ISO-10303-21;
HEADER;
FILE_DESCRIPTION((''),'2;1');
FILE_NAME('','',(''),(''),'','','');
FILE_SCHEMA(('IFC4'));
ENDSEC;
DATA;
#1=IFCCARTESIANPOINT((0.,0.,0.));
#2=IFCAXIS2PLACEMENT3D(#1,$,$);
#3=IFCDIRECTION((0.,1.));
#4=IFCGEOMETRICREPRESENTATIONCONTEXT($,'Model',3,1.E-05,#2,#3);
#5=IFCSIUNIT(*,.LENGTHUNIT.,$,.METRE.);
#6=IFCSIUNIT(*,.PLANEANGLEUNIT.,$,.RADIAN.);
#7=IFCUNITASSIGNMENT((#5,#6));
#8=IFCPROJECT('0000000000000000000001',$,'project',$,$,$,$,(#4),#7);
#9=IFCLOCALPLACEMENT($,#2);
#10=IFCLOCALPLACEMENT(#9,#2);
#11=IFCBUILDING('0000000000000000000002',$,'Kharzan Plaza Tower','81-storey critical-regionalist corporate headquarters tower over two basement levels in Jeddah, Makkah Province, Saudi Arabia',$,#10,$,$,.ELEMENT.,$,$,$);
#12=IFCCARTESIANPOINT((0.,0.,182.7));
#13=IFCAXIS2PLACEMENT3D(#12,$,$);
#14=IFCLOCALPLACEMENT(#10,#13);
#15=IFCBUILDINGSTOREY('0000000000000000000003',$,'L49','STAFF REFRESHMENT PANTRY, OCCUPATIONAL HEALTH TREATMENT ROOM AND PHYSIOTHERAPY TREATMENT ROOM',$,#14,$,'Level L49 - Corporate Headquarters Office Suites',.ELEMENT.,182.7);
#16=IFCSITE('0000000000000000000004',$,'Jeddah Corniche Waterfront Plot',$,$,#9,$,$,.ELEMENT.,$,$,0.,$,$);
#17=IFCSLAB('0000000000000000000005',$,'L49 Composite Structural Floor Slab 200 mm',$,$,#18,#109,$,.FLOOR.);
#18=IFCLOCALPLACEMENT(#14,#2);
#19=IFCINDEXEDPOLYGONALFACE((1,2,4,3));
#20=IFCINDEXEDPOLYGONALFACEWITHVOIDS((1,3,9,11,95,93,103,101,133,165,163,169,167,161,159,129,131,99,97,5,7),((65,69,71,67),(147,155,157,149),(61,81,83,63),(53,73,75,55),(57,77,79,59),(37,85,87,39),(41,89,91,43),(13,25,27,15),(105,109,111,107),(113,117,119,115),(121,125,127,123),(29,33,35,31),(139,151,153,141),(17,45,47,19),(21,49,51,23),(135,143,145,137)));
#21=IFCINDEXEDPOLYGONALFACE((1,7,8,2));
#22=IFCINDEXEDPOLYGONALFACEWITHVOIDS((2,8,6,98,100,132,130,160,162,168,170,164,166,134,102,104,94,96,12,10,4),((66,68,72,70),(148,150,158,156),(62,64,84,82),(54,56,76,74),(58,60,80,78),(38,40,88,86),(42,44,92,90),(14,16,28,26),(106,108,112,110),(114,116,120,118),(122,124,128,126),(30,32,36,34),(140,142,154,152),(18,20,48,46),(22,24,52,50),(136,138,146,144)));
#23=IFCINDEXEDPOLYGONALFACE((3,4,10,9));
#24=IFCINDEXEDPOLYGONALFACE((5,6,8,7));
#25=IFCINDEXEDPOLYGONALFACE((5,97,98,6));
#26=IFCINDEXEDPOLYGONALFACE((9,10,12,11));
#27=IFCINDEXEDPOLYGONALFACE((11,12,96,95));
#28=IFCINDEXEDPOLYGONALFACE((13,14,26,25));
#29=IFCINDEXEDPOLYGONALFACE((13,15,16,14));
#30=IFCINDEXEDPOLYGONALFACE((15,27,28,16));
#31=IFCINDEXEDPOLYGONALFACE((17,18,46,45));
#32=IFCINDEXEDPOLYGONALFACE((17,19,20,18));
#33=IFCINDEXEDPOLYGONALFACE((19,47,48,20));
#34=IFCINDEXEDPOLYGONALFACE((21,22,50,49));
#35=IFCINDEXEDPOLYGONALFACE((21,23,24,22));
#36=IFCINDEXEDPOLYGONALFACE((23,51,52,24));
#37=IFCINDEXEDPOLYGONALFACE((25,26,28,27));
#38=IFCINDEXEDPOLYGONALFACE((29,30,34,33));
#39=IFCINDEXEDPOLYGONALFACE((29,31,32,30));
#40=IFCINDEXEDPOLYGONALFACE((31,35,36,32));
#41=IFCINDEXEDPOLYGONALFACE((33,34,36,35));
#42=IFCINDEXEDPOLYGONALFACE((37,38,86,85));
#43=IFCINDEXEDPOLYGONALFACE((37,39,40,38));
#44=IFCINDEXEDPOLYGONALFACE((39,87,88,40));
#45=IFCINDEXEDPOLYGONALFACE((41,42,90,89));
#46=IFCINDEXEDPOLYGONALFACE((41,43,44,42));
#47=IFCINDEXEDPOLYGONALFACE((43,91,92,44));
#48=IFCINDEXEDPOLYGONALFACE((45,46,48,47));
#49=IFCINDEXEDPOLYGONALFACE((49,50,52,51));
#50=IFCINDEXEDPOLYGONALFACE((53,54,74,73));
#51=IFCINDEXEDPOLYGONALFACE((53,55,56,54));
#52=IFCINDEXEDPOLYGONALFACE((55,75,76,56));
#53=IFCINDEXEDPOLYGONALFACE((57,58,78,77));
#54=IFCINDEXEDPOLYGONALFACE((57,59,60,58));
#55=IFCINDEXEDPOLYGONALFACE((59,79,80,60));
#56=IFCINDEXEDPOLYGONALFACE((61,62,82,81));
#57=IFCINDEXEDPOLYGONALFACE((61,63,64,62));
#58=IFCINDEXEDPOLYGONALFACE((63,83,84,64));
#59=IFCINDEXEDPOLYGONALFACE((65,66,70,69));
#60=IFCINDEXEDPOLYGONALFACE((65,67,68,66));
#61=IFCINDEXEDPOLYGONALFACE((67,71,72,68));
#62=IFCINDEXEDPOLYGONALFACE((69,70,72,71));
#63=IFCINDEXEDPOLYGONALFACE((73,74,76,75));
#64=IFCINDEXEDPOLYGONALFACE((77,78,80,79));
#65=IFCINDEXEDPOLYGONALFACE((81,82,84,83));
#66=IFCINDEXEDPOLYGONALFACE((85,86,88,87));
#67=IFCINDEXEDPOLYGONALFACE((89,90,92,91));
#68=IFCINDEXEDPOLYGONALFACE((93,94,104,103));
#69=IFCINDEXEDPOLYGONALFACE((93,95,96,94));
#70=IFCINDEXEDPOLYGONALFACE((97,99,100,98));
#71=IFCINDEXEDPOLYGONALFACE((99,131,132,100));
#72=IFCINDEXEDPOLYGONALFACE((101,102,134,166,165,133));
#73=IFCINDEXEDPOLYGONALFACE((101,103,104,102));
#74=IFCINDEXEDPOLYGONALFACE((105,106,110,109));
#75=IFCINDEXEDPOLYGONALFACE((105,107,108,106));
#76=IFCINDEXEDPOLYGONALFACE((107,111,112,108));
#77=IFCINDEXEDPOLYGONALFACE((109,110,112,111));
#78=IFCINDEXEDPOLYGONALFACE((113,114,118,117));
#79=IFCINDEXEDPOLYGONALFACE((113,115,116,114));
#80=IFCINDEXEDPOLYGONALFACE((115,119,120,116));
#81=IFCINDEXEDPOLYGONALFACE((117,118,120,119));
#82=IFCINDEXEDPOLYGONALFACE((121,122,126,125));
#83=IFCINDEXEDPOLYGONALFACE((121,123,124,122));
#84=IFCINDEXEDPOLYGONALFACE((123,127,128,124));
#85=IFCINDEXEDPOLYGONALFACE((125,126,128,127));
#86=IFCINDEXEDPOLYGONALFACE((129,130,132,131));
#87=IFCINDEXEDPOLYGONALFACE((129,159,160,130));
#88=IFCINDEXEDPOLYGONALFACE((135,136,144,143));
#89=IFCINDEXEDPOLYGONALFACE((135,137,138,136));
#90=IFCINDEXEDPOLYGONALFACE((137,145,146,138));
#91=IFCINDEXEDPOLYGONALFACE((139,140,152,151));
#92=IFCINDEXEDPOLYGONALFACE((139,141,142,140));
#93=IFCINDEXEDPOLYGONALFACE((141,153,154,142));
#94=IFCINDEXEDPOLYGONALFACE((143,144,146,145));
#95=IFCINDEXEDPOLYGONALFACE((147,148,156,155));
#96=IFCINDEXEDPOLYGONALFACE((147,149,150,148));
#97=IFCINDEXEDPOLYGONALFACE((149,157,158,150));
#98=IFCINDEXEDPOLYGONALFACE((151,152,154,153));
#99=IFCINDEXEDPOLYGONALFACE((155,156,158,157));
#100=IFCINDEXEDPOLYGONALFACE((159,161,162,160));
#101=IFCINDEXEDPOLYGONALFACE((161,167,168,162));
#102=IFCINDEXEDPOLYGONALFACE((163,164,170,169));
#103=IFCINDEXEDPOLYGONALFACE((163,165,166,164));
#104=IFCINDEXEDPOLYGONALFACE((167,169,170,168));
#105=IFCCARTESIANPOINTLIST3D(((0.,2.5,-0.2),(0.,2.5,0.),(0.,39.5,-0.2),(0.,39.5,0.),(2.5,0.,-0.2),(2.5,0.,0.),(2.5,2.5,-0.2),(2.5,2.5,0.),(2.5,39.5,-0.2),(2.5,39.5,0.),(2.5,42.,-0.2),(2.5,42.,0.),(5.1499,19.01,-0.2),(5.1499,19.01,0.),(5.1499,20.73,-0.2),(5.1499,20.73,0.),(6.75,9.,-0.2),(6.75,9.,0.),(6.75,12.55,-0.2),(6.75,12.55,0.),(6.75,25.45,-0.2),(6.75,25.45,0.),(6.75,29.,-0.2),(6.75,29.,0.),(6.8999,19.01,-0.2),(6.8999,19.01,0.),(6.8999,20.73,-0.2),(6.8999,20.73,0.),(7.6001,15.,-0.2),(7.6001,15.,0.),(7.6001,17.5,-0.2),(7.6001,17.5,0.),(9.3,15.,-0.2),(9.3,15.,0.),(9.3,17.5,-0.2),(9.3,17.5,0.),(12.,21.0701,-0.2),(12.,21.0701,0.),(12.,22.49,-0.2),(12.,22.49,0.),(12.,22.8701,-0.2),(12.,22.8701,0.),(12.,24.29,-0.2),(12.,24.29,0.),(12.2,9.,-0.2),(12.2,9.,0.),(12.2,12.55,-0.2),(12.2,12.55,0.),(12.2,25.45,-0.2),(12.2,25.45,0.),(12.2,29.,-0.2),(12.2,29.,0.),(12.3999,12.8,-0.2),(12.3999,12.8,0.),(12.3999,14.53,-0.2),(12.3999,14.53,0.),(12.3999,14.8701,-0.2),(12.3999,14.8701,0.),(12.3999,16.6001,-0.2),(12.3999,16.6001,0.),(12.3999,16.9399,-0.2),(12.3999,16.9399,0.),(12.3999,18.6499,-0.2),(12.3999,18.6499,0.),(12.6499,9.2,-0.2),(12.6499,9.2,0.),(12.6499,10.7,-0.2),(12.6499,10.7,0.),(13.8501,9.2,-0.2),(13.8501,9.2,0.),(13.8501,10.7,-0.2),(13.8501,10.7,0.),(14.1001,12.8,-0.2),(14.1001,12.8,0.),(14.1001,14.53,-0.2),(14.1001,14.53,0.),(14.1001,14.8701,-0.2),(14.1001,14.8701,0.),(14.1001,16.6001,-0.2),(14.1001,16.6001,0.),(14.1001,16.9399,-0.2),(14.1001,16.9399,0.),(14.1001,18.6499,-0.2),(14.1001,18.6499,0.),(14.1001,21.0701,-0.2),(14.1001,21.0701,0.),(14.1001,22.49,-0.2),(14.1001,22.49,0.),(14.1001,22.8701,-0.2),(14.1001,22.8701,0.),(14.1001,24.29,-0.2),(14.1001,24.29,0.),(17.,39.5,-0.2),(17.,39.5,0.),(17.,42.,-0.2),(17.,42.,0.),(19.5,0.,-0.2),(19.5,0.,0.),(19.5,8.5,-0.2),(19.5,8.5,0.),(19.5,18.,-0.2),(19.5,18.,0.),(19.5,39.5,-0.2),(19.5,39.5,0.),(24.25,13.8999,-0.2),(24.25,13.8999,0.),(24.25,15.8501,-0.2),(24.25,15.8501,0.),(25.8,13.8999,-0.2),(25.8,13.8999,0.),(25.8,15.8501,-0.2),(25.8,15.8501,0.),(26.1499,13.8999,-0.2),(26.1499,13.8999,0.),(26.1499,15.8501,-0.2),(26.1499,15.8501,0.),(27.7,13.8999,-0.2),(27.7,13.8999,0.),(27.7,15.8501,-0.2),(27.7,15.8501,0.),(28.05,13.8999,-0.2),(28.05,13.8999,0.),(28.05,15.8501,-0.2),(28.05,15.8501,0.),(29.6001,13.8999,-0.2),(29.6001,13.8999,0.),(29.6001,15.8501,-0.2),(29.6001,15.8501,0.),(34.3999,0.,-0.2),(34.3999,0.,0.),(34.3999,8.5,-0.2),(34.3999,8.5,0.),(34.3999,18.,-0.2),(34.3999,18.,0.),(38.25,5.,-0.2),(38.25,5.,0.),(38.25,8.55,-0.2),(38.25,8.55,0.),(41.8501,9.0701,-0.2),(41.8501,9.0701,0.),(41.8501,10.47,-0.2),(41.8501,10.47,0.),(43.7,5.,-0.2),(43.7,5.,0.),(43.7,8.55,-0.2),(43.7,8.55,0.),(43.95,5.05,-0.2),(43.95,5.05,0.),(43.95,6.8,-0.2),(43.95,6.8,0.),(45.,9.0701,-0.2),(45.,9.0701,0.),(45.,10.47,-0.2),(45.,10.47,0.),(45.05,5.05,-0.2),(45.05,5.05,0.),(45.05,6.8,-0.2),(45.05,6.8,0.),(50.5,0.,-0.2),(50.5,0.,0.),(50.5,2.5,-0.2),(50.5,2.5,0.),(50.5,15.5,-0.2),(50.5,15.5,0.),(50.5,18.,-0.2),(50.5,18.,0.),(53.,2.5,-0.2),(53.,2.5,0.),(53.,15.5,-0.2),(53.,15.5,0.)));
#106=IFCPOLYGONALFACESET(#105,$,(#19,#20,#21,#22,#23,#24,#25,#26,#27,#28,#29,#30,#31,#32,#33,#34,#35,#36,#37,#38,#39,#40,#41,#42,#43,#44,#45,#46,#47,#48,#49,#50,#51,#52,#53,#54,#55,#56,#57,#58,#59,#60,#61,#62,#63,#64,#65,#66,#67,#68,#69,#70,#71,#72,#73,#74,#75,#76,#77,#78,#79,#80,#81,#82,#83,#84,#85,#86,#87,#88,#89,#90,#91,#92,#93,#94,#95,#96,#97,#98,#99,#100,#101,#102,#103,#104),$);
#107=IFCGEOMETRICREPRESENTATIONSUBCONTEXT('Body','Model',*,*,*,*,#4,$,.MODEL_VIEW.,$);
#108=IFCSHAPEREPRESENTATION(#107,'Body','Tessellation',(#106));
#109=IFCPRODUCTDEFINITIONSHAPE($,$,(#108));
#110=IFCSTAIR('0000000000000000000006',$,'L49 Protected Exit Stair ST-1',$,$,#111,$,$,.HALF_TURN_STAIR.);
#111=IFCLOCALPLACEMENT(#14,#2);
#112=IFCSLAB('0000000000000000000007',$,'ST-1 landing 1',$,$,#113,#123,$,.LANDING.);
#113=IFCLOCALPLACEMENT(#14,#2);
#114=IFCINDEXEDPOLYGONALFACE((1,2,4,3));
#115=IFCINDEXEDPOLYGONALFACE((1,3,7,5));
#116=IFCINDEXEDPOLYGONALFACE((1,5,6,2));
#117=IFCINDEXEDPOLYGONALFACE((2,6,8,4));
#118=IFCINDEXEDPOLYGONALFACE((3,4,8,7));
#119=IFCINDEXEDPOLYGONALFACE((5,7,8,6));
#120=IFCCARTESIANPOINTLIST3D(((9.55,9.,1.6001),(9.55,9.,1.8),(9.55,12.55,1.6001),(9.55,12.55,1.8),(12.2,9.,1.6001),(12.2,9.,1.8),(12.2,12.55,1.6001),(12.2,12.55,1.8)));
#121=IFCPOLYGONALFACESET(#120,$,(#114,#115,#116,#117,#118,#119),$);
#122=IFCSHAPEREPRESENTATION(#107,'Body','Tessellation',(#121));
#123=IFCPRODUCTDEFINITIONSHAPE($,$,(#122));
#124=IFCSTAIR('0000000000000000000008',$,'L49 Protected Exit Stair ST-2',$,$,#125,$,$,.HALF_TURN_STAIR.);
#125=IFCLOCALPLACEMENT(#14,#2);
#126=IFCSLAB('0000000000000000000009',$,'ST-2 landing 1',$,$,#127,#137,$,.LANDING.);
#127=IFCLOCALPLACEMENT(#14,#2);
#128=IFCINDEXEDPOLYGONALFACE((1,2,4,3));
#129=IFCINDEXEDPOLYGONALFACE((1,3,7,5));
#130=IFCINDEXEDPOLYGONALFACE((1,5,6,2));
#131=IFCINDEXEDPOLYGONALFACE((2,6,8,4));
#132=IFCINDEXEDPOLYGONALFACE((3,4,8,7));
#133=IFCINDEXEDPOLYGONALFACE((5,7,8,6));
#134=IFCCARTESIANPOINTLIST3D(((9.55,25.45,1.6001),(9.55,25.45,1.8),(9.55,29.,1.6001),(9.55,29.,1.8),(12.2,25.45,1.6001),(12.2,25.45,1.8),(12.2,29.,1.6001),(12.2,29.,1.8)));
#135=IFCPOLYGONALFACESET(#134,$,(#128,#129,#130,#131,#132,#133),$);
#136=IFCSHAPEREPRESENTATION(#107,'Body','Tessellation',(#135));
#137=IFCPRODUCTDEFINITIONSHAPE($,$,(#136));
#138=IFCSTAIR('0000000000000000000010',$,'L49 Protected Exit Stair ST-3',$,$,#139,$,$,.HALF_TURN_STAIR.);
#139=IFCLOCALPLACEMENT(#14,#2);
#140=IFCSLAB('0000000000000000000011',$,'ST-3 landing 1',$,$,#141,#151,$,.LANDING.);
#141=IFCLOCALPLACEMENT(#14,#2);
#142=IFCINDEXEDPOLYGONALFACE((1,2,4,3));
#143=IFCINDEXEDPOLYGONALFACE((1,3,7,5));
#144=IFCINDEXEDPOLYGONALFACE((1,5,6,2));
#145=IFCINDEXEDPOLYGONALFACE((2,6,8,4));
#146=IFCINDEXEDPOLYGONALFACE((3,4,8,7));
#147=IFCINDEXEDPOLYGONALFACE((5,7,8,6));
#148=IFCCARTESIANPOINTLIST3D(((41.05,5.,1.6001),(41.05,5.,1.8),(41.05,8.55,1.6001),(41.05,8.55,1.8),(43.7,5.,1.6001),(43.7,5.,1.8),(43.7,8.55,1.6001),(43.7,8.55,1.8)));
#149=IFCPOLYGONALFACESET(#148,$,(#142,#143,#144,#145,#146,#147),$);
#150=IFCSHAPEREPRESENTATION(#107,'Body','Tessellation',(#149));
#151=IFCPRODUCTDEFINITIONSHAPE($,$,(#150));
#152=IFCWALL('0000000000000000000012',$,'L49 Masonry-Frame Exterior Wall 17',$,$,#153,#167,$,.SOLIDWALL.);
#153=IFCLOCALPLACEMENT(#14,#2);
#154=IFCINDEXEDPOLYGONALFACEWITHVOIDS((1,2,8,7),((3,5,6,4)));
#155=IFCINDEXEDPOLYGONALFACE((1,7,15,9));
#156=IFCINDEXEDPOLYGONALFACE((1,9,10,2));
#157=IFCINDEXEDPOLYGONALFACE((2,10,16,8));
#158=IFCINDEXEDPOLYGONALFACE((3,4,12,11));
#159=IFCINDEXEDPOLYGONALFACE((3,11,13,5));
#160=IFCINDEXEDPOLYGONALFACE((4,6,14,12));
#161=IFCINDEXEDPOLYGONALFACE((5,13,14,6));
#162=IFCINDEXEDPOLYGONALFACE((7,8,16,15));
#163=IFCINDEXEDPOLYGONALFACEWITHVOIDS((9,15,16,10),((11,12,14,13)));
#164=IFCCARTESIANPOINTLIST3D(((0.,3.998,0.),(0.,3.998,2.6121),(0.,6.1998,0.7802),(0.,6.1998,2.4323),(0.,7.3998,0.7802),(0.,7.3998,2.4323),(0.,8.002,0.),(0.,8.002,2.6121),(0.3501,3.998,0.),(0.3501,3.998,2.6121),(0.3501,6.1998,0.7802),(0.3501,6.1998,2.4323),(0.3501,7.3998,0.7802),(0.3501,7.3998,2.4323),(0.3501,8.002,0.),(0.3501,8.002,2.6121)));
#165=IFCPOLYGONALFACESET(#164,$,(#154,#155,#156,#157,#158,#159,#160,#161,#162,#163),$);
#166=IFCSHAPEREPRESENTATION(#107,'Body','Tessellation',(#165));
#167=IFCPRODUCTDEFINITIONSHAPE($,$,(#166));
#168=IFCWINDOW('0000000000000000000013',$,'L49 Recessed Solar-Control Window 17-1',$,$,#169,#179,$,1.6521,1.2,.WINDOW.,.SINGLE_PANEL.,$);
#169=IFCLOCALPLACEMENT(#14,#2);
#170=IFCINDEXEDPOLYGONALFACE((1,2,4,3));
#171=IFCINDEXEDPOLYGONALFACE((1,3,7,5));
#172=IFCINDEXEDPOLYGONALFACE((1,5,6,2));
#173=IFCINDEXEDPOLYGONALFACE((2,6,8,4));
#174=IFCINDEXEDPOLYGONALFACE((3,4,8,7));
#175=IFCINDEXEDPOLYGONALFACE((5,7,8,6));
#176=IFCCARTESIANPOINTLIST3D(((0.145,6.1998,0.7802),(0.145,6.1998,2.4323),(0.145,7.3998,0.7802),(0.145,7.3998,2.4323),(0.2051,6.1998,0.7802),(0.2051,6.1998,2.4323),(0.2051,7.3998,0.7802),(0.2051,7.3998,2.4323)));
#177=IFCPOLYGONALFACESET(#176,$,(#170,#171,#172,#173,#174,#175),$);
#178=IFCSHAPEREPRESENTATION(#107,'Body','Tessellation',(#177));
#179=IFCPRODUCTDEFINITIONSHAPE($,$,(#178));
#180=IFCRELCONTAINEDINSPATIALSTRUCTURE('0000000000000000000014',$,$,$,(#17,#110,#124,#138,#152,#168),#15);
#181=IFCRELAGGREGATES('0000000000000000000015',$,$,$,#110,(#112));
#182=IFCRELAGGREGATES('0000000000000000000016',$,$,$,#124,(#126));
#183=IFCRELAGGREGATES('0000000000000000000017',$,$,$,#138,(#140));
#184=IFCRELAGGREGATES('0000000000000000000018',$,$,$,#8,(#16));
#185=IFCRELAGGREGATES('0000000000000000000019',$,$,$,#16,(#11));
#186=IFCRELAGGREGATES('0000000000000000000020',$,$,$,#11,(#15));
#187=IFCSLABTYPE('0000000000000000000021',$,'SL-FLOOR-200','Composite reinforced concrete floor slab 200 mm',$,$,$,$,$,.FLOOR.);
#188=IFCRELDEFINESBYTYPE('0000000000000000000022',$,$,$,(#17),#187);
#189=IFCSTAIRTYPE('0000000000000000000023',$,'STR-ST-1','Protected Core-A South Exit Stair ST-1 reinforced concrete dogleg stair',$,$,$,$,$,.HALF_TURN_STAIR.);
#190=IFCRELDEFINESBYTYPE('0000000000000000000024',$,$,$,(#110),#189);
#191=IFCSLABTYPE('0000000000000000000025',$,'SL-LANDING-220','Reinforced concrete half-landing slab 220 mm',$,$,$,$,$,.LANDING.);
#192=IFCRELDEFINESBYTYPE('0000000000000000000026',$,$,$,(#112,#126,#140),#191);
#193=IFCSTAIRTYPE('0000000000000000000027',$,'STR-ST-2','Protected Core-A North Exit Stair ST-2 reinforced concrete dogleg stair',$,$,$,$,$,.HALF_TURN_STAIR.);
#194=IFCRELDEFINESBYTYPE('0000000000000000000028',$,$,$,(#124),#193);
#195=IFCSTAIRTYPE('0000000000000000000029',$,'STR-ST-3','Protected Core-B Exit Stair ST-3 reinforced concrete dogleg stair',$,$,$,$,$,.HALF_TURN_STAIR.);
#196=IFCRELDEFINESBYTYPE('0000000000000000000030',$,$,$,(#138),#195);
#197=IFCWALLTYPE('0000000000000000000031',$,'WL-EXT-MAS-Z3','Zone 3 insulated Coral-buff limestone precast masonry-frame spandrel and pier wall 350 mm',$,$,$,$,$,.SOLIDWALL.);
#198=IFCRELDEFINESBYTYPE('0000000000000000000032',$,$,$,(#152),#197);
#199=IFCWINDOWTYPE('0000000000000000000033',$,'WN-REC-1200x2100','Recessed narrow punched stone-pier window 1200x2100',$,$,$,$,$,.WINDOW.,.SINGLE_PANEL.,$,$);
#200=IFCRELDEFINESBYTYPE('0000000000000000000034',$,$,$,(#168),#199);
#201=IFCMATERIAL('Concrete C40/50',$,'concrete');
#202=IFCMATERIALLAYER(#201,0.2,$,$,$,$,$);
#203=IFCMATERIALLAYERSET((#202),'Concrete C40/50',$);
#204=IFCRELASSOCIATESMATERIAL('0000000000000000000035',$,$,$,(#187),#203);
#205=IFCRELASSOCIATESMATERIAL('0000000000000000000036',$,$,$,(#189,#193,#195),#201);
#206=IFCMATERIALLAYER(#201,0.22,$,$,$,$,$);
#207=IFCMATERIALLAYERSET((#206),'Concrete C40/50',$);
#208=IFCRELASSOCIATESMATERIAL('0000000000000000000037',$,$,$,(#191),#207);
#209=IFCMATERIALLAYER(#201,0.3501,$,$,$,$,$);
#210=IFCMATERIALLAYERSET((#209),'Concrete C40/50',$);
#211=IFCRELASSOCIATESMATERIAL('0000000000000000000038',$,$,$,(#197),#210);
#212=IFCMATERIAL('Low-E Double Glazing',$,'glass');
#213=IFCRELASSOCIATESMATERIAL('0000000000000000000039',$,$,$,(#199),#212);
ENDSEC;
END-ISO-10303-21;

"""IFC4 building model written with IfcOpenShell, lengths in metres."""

from ifc_helpers import new_model, si_unit, direction, frame, frame_2d, origin, place, context, subcontext, project, spatial, polyline, rectangle, outline, extrude, source, transform, mapped, material, layer, layer_set, type_object, element, fill, aggregate, save


model = new_model("IFC4")

# Units and contexts
model_context = context("Model", 3, precision=1e-05, world=origin(), true_north=direction((0.0, 1.0)))
body_context = subcontext(model_context, "Body", "Model", "MODEL_VIEW")
ifc_project = project(units=[si_unit("LENGTHUNIT", "METRE"), si_unit("PLANEANGLEUNIT", "RADIAN")], contexts=[model_context])

# Site, building, storey
site_placement = place(None, origin())
site = spatial("IfcSite", under=ifc_project, at=site_placement, Name="Jeddah Corniche Waterfront Plot", CompositionType="ELEMENT", RefElevation=0.0)
building_placement = place(site_placement, origin())
building = spatial("IfcBuilding", under=site, at=building_placement, Name="Kharzan Plaza Tower", Description="81-storey critical-regionalist corporate headquarters tower over two basement levels in Jeddah, Makkah Province, Saudi Arabia", CompositionType="ELEMENT")
storey_placement = place(building_placement, frame((0.0, 0.0, 182.7)))
storey = spatial("IfcBuildingStorey", under=building, at=storey_placement, Name="L49", Description="STAFF REFRESHMENT PANTRY, OCCUPATIONAL HEALTH TREATMENT ROOM AND PHYSIOTHERAPY TREATMENT ROOM", LongName="Level L49 - Corporate Headquarters Office Suites", CompositionType="ELEMENT", Elevation=182.7)

# Slab
ifc_material_1 = material(Name="Concrete C40/50", Category="concrete")
ifc_layer_1 = layer(ifc_material_1, 0.2)
ifc_layer_set_1 = layer_set([ifc_layer_1], Name="Concrete C40/50")
slab_type_1 = type_object("IfcSlabType", Name="SL-FLOOR-200", Description="Composite reinforced concrete floor slab 200 mm", PredefinedType="FLOOR", material=ifc_layer_set_1)
slab_1_placement = place(storey_placement, frame((0.0, 0.0, -0.2)))
element("IfcSlab", 1, at=slab_1_placement, inside=storey, type_object=slab_type_1, Name="L49 Composite Structural Floor Slab 200 mm", PredefinedType="FLOOR", context=body_context, shape_type="SweptSolid", body=[
    extrude(outline(polyline([(34.3999, 18.0), (19.5, 18.0), (19.5, 39.5), (17.0, 39.5), (17.0, 42.0), (2.5, 42.0), (2.5, 39.5), (0.0, 39.5), (0.0, 2.5), (2.5, 2.5), (2.5, 0.0), (19.5, 0.0), (19.5, 8.5), (34.3999, 8.5), (34.3999, 0.0), (50.5, 0.0), (50.5, 2.5), (53.0, 2.5), (53.0, 15.5), (50.5, 15.5), (50.5, 18.0), (34.3999, 18.0)]), holes=[polyline([(12.2, 9.0), (12.2, 12.55), (6.75, 12.55), (6.75, 9.0), (12.2, 9.0)]), polyline([(14.1001, 12.8), (14.1001, 14.53), (12.3999, 14.53), (12.3999, 12.8), (14.1001, 12.8)]), polyline([(14.1001, 14.8701), (14.1001, 16.6001), (12.3999, 16.6001), (12.3999, 14.8701), (14.1001, 14.8701)]), polyline([(9.3, 15.0), (9.3, 17.5), (7.6001, 17.5), (7.6001, 15.0), (9.3, 15.0)]), polyline([(6.8999, 19.01), (6.8999, 20.73), (5.1499, 20.73), (5.1499, 19.01), (6.8999, 19.01)]), polyline([(14.1001, 21.0701), (14.1001, 22.49), (12.0, 22.49), (12.0, 21.0701), (14.1001, 21.0701)]), polyline([(14.1001, 22.8701), (14.1001, 24.29), (12.0, 24.29), (12.0, 22.8701), (14.1001, 22.8701)]), polyline([(12.2, 25.45), (12.2, 29.0), (6.75, 29.0), (6.75, 25.45), (12.2, 25.45)]), polyline([(45.05, 5.05), (45.05, 6.8), (43.95, 6.8), (43.95, 5.05), (45.05, 5.05)]), polyline([(43.7, 5.0), (43.7, 8.55), (38.25, 8.55), (38.25, 5.0), (43.7, 5.0)]), polyline([(45.0, 9.0701), (45.0, 10.47), (41.8501, 10.47), (41.8501, 9.0701), (45.0, 9.0701)]), polyline([(13.8501, 9.2), (13.8501, 10.7), (12.6499, 10.7), (12.6499, 9.2), (13.8501, 9.2)]), polyline([(25.8, 13.8999), (25.8, 15.8501), (24.25, 15.8501), (24.25, 13.8999), (25.8, 13.8999)]), polyline([(27.7, 13.8999), (27.7, 15.8501), (26.1499, 15.8501), (26.1499, 13.8999), (27.7, 13.8999)]), polyline([(29.6001, 13.8999), (29.6001, 15.8501), (28.05, 15.8501), (28.05, 13.8999), (29.6001, 13.8999)]), polyline([(14.1001, 16.9399), (14.1001, 18.6499), (12.3999, 18.6499), (12.3999, 16.9399), (14.1001, 16.9399)])]), origin(), (0.0, 0.0, 1.0), 0.2),
])

# Stairs, slabs
stair_type_1 = type_object("IfcStairType", Name="STR-ST-1", Description="Protected Core-A South Exit Stair ST-1 reinforced concrete dogleg stair", PredefinedType="HALF_TURN_STAIR", material=ifc_material_1)
stair_1_placement = place(storey_placement, origin())
stair_1 = element("IfcStair", 2, at=stair_1_placement, inside=storey, type_object=stair_type_1, Name="L49 Protected Exit Stair ST-1", PredefinedType="HALF_TURN_STAIR")
ifc_layer_2 = layer(ifc_material_1, 0.22)
ifc_layer_set_2 = layer_set([ifc_layer_2], Name="Concrete C40/50")
slab_type_2 = type_object("IfcSlabType", Name="SL-LANDING-220", Description="Reinforced concrete half-landing slab 220 mm", PredefinedType="LANDING", material=ifc_layer_set_2)
slab_2_placement = place(storey_placement, frame((0.0, 0.0, 1.6001)))
slab_2 = element("IfcSlab", 3, at=slab_2_placement, type_object=slab_type_2, Name="ST-1 landing 1", PredefinedType="LANDING", context=body_context, shape_type="SweptSolid", body=[
    extrude(outline(polyline([(9.55, 9.0), (12.2, 9.0), (12.2, 12.55), (9.55, 12.55), (9.55, 9.0)])), origin(), (0.0, 0.0, 1.0), 0.2),
])
aggregate(stair_1, [slab_2])
stair_type_2 = type_object("IfcStairType", Name="STR-ST-2", Description="Protected Core-A North Exit Stair ST-2 reinforced concrete dogleg stair", PredefinedType="HALF_TURN_STAIR", material=ifc_material_1)
stair_2_placement = place(storey_placement, origin())
stair_2 = element("IfcStair", 4, at=stair_2_placement, inside=storey, type_object=stair_type_2, Name="L49 Protected Exit Stair ST-2", PredefinedType="HALF_TURN_STAIR")
slab_3_placement = place(storey_placement, frame((0.0, 0.0, 1.6001)))
slab_3 = element("IfcSlab", 5, at=slab_3_placement, type_object=slab_type_2, Name="ST-2 landing 1", PredefinedType="LANDING", context=body_context, shape_type="SweptSolid", body=[
    extrude(outline(polyline([(9.55, 25.45), (12.2, 25.45), (12.2, 29.0), (9.55, 29.0), (9.55, 25.45)])), origin(), (0.0, 0.0, 1.0), 0.2),
])
aggregate(stair_2, [slab_3])
stair_type_3 = type_object("IfcStairType", Name="STR-ST-3", Description="Protected Core-B Exit Stair ST-3 reinforced concrete dogleg stair", PredefinedType="HALF_TURN_STAIR", material=ifc_material_1)
stair_3_placement = place(storey_placement, origin())
stair_3 = element("IfcStair", 6, at=stair_3_placement, inside=storey, type_object=stair_type_3, Name="L49 Protected Exit Stair ST-3", PredefinedType="HALF_TURN_STAIR")
slab_4_placement = place(storey_placement, frame((0.0, 0.0, 1.6001)))
slab_4 = element("IfcSlab", 7, at=slab_4_placement, type_object=slab_type_2, Name="ST-3 landing 1", PredefinedType="LANDING", context=body_context, shape_type="SweptSolid", body=[
    extrude(outline(polyline([(41.05, 5.0), (43.7, 5.0), (43.7, 8.55), (41.05, 8.55), (41.05, 5.0)])), origin(), (0.0, 0.0, 1.0), 0.2),
])
aggregate(stair_3, [slab_4])

# Wall, opening, window
ifc_layer_3 = layer(ifc_material_1, 0.3501)
ifc_layer_set_3 = layer_set([ifc_layer_3], Name="Concrete C40/50")
wall_type_1 = type_object("IfcWallType", Name="WL-EXT-MAS-Z3", Description="Zone 3 insulated Coral-buff limestone precast masonry-frame spandrel and pier wall 350 mm", PredefinedType="SOLIDWALL", material=ifc_layer_set_3)
wall_1_placement = place(storey_placement, frame((0.175, 8.002, 0.0), z_axis=(0.0, 0.0, 1.0), x_axis=(0.0, -1.0, 0.0)))
wall_1 = element("IfcWall", 8, at=wall_1_placement, inside=storey, type_object=wall_type_1, Name="L49 Masonry-Frame Exterior Wall 17", PredefinedType="SOLIDWALL", context=body_context, shape_type="SweptSolid", body=[
    extrude(rectangle(XDim=4.0039, YDim=0.3501, at=frame_2d((2.002, 0.0))), origin(), (0.0, 0.0, 1.0), 2.6121),
])
opening_1_placement = place(wall_1_placement, frame((0.6021, 0.0, 0.78)))
opening_1 = element("IfcOpeningElement", 9, at=opening_1_placement, cuts=wall_1, PredefinedType="OPENING", context=body_context, shape_type="SweptSolid", body=[
    extrude(rectangle(XDim=1.2, YDim=1.6521, at=frame_2d((0.6001, 0.8262))), frame((0.0, 0.1851, 0.0), z_axis=(0.0, -1.0, 0.0), x_axis=(1.0, 0.0, 0.0)), (0.0, 0.0, 1.0), 0.3701),
])
ifc_material_2 = material(Name="Low-E Double Glazing", Category="glass")
window_type_1 = type_object("IfcWindowType", Name="WN-REC-1200x2100", Description="Recessed narrow punched stone-pier window 1200x2100", PartitioningType="SINGLE_PANEL", PredefinedType="WINDOW", material=ifc_material_2)
shared_shape_1 = source(origin(), body_context, "Body", "SweptSolid", [
    extrude(rectangle(XDim=1.2, YDim=1.6521, at=frame_2d((0.6001, 0.8262))), frame((0.0, 0.03, 0.0), z_axis=(0.0, -1.0, 0.0), x_axis=(1.0, 0.0, 0.0)), (0.0, 0.0, 1.0), 0.0601),
])
window_1_placement = place(opening_1_placement, origin())
window_1 = element("IfcWindow", 10, at=window_1_placement, inside=storey, type_object=window_type_1, Name="L49 Recessed Solar-Control Window 17-1", OverallHeight=1.6521, OverallWidth=1.2, PartitioningType="SINGLE_PANEL", PredefinedType="WINDOW", context=body_context, shape_type="MappedRepresentation", body=[
    mapped(shared_shape_1, transform((0.0, 0.0, 0.0), x_axis=(1.0, 0.0, 0.0), y_axis=(0.0, 1.0, 0.0), z_axis=(0.0, 0.0, 1.0))),
])
fill(opening_1, window_1)

save(model, "model.ifc")
